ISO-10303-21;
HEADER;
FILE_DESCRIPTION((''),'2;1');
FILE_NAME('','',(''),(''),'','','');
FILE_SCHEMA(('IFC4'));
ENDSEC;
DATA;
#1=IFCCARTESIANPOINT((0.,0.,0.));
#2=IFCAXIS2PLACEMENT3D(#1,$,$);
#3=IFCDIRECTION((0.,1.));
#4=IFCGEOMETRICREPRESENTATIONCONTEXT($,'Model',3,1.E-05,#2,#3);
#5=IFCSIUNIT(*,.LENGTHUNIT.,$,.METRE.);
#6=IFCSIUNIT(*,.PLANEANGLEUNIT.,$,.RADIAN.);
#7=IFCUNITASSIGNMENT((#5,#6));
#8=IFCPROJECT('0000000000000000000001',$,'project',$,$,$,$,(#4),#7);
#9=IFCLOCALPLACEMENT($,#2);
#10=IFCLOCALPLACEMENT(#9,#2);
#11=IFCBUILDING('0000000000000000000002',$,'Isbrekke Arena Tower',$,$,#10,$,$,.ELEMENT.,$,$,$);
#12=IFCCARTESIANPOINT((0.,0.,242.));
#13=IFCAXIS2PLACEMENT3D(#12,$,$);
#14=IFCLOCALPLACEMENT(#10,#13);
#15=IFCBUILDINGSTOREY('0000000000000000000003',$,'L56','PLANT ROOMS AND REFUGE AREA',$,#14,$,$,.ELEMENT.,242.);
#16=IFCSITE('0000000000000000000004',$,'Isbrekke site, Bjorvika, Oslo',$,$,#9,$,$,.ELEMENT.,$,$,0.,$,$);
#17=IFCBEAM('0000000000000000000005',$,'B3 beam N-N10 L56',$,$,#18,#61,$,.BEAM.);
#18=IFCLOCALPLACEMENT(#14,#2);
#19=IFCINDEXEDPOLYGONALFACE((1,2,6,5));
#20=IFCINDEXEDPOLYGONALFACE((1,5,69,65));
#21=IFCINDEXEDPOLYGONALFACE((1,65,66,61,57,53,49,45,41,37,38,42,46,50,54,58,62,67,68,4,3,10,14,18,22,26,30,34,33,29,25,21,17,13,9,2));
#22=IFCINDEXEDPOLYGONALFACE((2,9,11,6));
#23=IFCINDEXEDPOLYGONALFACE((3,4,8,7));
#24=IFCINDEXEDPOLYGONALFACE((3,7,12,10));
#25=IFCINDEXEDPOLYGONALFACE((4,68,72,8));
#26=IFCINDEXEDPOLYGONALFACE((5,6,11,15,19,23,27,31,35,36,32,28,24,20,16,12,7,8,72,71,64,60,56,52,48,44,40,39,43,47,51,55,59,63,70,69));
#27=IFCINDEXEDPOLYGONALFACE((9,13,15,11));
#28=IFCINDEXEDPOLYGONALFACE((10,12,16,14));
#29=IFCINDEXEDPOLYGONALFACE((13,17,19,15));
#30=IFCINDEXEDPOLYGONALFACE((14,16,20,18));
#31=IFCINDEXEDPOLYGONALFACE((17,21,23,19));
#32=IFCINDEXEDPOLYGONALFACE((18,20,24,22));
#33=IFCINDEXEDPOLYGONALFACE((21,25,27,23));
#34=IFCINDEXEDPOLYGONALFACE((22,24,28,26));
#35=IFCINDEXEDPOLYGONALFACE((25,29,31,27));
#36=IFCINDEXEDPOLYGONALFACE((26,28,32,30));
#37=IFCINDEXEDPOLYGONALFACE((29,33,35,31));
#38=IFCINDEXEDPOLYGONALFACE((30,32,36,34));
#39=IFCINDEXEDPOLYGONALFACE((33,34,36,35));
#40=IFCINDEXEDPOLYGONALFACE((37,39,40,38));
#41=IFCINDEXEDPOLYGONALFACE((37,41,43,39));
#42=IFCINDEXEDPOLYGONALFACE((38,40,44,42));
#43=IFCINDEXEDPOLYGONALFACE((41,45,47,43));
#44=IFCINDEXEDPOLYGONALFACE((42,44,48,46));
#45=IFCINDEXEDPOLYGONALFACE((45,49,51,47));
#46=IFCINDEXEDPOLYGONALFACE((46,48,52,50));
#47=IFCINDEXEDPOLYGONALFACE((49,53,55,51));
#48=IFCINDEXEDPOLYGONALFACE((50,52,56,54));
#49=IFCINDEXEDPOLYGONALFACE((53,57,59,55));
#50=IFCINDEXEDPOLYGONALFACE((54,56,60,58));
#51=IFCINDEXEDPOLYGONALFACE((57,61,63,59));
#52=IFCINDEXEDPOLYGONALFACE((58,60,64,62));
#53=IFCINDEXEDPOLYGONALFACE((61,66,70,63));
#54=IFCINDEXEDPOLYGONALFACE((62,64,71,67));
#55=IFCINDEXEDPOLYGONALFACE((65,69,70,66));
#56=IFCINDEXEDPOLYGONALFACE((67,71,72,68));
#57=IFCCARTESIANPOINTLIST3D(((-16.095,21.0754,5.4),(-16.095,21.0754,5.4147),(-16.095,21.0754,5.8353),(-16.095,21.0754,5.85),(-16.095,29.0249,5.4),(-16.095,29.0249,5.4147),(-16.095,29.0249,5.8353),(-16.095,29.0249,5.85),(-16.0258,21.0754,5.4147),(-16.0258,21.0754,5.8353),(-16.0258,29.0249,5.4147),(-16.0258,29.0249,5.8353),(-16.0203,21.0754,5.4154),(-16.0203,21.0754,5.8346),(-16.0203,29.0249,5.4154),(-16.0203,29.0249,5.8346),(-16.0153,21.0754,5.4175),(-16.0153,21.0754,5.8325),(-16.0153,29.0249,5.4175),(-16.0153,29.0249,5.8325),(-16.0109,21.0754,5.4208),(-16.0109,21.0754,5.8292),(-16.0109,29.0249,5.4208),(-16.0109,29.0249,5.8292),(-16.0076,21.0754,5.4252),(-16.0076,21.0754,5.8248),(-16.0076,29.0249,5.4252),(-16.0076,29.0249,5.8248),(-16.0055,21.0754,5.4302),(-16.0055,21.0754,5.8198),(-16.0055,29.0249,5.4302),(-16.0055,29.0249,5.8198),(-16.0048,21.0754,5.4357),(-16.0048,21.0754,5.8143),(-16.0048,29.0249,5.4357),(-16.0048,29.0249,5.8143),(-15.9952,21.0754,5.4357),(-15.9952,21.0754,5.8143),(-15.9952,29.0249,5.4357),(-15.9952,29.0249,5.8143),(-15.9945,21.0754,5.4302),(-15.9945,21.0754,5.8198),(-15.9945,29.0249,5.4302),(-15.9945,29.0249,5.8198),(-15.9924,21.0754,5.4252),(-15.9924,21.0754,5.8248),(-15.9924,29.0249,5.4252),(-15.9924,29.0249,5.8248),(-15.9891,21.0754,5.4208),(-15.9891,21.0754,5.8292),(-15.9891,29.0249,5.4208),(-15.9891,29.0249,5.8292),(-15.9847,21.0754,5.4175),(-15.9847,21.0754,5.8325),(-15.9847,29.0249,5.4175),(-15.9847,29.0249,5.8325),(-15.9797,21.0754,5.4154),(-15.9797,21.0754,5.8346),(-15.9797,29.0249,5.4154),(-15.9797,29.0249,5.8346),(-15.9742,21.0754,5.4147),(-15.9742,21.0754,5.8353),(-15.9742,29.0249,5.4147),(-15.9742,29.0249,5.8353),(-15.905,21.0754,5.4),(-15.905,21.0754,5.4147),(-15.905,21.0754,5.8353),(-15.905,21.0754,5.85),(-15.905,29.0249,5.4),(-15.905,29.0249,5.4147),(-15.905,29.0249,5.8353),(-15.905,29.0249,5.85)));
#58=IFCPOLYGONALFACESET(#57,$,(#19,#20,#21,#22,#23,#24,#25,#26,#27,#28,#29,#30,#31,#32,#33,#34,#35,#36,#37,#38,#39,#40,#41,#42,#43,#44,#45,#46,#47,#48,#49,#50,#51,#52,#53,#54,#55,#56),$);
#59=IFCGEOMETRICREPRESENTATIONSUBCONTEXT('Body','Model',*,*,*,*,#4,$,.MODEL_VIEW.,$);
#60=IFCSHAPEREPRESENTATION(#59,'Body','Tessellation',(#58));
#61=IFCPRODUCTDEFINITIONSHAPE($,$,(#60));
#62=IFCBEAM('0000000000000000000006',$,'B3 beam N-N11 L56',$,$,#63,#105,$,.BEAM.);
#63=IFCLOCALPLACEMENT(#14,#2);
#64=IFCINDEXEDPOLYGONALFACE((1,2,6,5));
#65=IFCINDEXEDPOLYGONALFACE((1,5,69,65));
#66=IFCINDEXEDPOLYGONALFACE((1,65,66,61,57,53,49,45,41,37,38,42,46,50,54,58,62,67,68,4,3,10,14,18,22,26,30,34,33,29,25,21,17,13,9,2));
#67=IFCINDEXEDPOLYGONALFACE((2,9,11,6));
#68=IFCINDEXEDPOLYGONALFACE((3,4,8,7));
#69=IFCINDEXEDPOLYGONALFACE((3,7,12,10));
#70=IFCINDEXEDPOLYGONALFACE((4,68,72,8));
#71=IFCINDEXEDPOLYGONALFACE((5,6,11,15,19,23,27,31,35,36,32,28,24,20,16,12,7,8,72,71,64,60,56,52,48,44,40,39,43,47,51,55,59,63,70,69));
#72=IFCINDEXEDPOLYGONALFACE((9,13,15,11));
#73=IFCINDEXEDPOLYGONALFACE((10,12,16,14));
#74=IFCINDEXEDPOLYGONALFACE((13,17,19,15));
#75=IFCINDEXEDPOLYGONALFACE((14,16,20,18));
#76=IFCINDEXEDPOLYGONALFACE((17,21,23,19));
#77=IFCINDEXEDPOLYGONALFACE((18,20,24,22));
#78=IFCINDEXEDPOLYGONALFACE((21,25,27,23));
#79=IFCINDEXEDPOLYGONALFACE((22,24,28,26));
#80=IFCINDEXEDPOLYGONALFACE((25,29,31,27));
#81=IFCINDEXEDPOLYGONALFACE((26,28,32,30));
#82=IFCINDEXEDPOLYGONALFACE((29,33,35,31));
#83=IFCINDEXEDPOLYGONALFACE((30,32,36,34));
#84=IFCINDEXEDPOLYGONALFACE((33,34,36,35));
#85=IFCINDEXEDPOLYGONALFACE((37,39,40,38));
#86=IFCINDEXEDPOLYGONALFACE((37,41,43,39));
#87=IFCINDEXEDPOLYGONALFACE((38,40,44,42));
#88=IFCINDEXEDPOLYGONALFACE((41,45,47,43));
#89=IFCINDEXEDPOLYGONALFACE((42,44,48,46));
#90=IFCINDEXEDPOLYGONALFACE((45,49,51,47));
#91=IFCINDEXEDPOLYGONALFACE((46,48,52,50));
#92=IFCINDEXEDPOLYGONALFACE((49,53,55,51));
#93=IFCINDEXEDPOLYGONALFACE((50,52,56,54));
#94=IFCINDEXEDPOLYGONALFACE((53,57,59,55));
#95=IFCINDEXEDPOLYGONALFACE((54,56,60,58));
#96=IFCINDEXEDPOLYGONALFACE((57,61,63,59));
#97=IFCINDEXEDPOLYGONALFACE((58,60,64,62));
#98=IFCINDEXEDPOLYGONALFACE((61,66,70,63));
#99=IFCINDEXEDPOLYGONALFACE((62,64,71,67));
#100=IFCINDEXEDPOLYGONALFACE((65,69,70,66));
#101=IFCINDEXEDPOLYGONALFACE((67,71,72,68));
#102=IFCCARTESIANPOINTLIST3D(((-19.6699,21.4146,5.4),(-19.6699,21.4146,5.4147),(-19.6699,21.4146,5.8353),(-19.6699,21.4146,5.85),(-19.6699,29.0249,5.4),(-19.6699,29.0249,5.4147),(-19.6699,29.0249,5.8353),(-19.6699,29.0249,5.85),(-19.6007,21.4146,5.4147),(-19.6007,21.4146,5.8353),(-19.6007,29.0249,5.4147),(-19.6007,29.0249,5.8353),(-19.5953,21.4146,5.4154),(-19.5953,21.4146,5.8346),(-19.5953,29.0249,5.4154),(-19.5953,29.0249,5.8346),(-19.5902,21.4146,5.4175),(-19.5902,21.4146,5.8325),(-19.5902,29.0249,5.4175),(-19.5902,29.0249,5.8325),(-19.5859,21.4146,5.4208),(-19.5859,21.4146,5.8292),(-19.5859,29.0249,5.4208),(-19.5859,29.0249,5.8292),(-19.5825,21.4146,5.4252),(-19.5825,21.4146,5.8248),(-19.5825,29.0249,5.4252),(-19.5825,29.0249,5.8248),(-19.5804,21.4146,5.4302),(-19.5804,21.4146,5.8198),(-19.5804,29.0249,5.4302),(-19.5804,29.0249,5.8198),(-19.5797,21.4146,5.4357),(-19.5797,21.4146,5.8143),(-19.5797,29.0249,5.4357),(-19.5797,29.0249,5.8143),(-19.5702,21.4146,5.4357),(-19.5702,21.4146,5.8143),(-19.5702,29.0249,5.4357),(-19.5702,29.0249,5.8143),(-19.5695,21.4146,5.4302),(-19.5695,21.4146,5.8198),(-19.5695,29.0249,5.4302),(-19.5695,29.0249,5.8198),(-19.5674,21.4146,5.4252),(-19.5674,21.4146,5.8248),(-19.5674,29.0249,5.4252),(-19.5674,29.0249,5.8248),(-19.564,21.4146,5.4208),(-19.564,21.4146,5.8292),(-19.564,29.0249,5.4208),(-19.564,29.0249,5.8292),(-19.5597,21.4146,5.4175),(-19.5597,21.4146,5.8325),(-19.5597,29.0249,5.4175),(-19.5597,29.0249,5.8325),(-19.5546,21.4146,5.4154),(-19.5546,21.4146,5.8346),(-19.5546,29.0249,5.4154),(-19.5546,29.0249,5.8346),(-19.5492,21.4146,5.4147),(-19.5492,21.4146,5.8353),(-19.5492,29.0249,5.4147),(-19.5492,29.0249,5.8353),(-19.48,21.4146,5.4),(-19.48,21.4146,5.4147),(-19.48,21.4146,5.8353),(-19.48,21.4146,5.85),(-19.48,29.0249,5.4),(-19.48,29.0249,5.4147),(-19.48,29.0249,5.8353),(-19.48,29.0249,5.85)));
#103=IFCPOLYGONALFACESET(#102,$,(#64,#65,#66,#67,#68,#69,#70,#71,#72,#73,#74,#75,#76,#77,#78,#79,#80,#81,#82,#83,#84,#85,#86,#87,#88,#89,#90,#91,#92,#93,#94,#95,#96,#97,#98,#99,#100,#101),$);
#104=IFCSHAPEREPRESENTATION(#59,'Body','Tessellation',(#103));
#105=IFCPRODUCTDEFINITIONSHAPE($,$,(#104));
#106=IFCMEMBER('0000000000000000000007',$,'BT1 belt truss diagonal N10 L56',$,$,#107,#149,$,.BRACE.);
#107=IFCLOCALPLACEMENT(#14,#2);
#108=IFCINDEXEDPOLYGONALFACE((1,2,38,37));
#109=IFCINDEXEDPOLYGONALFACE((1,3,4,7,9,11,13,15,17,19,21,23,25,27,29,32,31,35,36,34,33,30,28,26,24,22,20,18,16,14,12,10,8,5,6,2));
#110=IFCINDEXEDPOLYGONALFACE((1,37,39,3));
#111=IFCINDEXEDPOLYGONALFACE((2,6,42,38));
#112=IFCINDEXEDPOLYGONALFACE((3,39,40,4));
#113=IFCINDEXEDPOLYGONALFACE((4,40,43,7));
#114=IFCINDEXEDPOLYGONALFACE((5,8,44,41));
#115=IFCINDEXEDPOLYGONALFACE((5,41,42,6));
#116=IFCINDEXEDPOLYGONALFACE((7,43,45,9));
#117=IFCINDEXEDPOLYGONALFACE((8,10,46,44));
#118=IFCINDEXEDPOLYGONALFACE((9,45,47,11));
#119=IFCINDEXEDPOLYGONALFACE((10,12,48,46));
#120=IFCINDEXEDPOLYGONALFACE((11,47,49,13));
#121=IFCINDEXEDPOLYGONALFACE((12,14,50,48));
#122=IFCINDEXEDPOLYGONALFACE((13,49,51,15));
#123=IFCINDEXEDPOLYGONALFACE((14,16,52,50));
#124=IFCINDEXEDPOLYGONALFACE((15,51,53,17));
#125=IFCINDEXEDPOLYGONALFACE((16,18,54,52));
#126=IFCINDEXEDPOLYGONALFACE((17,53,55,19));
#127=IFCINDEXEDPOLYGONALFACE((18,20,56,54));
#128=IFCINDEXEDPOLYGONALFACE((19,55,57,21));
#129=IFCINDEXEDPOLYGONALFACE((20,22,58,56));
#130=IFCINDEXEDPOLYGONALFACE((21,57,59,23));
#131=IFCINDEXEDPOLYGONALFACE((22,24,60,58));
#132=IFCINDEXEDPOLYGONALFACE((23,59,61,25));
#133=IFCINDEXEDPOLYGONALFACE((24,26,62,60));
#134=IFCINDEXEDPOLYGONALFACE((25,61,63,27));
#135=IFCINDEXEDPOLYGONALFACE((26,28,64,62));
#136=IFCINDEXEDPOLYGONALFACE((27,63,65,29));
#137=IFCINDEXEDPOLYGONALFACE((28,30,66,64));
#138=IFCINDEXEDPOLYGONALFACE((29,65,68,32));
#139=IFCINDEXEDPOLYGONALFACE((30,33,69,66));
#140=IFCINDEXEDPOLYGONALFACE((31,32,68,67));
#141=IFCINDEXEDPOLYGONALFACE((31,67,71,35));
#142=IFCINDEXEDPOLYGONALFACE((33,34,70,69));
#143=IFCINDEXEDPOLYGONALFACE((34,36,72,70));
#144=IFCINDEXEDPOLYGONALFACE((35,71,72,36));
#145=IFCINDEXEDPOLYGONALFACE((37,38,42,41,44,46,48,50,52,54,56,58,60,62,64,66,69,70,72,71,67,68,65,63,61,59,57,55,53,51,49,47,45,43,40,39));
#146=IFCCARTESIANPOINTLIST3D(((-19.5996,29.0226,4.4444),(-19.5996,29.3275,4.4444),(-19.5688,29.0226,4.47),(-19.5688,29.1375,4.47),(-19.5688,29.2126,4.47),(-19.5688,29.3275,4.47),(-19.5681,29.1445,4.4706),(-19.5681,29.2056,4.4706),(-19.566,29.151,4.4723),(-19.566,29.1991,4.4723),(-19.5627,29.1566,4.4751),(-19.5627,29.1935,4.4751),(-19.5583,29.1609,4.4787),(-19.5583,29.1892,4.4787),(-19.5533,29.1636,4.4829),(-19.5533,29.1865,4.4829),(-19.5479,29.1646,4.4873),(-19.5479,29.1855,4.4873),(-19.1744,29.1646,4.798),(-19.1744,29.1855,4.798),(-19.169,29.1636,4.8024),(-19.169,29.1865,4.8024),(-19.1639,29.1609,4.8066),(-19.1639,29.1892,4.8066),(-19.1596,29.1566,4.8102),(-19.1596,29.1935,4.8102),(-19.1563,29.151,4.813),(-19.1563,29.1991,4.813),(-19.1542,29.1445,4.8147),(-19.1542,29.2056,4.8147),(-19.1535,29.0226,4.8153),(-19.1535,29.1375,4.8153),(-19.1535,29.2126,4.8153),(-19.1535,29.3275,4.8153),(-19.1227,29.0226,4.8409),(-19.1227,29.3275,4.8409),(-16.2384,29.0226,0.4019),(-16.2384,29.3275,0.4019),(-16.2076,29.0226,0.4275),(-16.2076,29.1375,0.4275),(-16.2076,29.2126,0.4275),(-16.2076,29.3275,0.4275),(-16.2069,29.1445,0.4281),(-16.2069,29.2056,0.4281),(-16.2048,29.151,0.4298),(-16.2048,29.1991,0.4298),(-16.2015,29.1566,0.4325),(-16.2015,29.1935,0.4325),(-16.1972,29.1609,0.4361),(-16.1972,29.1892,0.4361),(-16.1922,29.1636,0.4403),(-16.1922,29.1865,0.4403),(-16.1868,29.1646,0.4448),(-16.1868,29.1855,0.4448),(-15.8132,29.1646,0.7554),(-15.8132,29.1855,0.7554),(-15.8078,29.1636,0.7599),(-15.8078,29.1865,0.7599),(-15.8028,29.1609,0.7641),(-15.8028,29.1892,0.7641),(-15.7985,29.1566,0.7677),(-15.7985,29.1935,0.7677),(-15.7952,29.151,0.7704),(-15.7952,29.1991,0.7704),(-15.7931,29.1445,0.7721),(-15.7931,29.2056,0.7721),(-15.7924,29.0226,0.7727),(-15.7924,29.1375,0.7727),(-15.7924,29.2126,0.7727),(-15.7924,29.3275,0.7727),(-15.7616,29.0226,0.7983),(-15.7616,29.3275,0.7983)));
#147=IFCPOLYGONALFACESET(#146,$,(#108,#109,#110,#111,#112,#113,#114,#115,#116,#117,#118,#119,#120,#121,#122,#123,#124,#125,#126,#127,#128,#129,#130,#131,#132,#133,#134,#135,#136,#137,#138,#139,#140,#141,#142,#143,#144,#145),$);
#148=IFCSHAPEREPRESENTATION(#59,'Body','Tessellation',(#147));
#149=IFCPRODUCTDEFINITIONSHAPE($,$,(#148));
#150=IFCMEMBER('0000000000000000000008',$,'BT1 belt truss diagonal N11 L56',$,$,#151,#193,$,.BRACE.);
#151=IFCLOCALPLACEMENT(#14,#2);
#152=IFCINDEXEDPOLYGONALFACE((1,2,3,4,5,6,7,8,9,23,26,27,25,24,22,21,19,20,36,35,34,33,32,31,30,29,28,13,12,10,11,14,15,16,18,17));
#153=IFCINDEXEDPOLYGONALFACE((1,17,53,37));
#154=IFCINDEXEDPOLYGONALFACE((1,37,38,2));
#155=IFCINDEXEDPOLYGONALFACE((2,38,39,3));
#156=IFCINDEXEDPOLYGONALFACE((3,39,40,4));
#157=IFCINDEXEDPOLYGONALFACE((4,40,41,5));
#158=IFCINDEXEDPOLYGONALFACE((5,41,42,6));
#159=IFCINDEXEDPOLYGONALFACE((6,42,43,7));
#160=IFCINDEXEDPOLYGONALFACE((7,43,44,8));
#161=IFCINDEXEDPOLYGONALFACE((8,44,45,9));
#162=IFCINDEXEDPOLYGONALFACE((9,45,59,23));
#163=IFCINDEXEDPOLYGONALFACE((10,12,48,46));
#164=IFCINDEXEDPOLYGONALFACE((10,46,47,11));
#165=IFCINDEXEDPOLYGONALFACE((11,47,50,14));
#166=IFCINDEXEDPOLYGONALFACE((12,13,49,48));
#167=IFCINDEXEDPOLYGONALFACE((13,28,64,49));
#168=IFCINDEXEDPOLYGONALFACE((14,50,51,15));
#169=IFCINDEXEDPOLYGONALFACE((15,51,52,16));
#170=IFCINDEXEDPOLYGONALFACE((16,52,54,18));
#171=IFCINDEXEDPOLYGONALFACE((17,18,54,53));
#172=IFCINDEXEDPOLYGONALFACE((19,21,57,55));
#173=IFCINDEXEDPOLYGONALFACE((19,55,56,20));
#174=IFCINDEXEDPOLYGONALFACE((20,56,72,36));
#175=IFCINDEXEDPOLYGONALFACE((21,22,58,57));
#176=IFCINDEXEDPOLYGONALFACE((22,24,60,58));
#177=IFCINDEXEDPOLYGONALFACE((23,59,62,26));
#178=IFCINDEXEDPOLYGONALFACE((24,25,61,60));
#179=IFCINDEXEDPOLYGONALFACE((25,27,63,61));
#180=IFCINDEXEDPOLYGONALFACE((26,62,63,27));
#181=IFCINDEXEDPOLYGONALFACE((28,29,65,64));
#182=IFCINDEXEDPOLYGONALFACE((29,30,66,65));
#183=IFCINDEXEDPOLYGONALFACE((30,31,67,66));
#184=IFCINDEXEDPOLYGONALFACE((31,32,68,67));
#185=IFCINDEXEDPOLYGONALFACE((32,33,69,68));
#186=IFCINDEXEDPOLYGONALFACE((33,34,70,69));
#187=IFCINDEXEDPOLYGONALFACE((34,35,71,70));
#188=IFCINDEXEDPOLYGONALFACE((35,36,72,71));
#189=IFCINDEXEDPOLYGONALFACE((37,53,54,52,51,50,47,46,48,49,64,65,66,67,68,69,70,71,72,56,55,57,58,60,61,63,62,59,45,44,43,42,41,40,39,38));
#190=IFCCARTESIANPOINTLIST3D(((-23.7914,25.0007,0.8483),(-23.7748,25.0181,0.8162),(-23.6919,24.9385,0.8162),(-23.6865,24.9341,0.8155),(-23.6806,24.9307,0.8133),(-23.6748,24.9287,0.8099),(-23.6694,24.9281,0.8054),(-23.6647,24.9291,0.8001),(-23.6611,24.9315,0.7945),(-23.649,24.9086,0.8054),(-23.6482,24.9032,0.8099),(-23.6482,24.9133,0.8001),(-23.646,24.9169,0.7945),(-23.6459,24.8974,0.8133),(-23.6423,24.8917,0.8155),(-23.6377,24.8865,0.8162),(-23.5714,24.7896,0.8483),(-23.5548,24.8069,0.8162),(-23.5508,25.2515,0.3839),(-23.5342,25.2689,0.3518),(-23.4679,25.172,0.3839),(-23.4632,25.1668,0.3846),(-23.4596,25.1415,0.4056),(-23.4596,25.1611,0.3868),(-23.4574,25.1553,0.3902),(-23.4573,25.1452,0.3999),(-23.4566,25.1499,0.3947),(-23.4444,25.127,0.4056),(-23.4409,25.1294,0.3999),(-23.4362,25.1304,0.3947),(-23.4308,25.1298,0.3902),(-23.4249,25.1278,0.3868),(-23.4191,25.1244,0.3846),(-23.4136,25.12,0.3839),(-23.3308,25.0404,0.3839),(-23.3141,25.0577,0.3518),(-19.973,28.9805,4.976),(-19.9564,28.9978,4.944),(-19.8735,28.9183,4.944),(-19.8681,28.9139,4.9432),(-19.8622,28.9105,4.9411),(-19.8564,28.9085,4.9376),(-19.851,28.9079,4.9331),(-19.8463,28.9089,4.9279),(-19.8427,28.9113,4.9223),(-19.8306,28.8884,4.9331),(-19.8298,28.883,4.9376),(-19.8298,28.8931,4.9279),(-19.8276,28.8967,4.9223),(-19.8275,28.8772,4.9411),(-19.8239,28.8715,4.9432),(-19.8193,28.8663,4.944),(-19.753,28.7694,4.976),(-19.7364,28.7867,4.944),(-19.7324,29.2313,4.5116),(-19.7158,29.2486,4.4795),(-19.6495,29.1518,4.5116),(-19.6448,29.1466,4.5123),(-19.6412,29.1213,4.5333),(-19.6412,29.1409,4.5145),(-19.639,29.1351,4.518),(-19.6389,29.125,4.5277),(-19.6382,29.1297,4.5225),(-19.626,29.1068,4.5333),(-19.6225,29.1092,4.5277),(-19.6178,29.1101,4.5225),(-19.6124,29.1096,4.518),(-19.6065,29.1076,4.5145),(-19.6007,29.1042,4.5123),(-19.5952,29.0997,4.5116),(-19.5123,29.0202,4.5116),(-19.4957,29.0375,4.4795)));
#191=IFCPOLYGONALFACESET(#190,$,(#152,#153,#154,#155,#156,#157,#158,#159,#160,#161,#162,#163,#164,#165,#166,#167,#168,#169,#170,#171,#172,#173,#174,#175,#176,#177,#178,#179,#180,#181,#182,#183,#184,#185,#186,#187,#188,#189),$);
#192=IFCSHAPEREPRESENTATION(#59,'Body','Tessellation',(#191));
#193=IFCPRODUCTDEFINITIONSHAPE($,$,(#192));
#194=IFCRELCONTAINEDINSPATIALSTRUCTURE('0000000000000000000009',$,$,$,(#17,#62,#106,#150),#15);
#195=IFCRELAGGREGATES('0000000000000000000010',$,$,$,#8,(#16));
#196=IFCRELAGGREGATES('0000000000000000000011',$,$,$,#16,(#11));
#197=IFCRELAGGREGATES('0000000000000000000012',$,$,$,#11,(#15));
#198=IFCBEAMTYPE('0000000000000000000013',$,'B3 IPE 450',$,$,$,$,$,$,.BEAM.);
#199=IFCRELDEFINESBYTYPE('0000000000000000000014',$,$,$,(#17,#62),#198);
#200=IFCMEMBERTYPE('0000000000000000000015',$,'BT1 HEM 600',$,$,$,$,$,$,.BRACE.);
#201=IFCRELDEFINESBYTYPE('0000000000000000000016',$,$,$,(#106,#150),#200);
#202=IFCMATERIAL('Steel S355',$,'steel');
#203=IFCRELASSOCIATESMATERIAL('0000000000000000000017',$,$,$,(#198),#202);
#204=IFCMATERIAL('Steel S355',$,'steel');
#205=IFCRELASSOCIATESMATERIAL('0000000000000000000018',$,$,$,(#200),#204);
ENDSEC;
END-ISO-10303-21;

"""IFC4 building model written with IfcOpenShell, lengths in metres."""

from ifc_helpers import new_model, si_unit, direction, frame, origin, origin_2d, place, context, subcontext, project, spatial, i_section, extrude, material, material_profile, profile_set, type_object, element, save


model = new_model("IFC4")

# Units and contexts
model_context = context("Model", 3, precision=1e-05, world=origin(), true_north=direction((0.0, 1.0)))
body_context = subcontext(model_context, "Body", "Model", "MODEL_VIEW")
ifc_project = project(units=[si_unit("LENGTHUNIT", "METRE"), si_unit("PLANEANGLEUNIT", "RADIAN")], contexts=[model_context])

# Site, building, storey
site_placement = place(None, origin())
site = spatial("IfcSite", under=ifc_project, at=site_placement, Name="Isbrekke site, Bjorvika, Oslo", CompositionType="ELEMENT", RefElevation=0.0)
building_placement = place(site_placement, origin())
building = spatial("IfcBuilding", under=site, at=building_placement, Name="Isbrekke Arena Tower", CompositionType="ELEMENT")
storey_placement = place(building_placement, frame((0.0, 0.0, 242.0)))
storey = spatial("IfcBuildingStorey", under=building, at=storey_placement, Name="L56", Description="PLANT ROOMS AND REFUGE AREA", CompositionType="ELEMENT", Elevation=242.0)

# Beams
ifc_material_1 = material(Name="Steel S355", Category="steel")
ifc_material_profile_1 = material_profile(ifc_material_1, i_section(OverallWidth=0.1899, OverallDepth=0.45, WebThickness=0.0095, FlangeThickness=0.0146, FilletRadius=0.021, at=origin_2d()), Name="IPE 450")
ifc_profile_set_1 = profile_set([ifc_material_profile_1], Name="Steel S355")
beam_type_1 = type_object("IfcBeamType", Name="B3 IPE 450", PredefinedType="BEAM", material=ifc_profile_set_1)
beam_1_placement = place(storey_placement, frame((-16.0, 29.0249, 5.625), z_axis=(0.0, -1.0, 0.0), x_axis=(1.0, 0.0, 0.0)))
element("IfcBeam", 1, at=beam_1_placement, inside=storey, type_object=beam_type_1, Name="B3 beam N-N10 L56", PredefinedType="BEAM", context=body_context, shape_type="SweptSolid", body=[
    extrude(i_section(OverallWidth=0.1899, OverallDepth=0.45, WebThickness=0.0095, FlangeThickness=0.0146, FilletRadius=0.021, at=origin_2d()), origin(), (0.0, 0.0, 1.0), 7.9495),
])
beam_2_placement = place(storey_placement, frame((-19.575, 29.0249, 5.625), z_axis=(0.0, -1.0, 0.0), x_axis=(1.0, 0.0, 0.0)))
element("IfcBeam", 2, at=beam_2_placement, inside=storey, type_object=beam_type_1, Name="B3 beam N-N11 L56", PredefinedType="BEAM", context=body_context, shape_type="SweptSolid", body=[
    extrude(i_section(OverallWidth=0.1899, OverallDepth=0.45, WebThickness=0.0095, FlangeThickness=0.0146, FilletRadius=0.021, at=origin_2d()), origin(), (0.0, 0.0, 1.0), 7.6104),
])

# Members
ifc_material_2 = material(Name="Steel S355", Category="steel")
ifc_material_profile_2 = material_profile(ifc_material_2, i_section(OverallWidth=0.3049, OverallDepth=0.6201, WebThickness=0.021, FlangeThickness=0.04, FilletRadius=0.0271, at=origin_2d()), Name="HEM 600")
ifc_profile_set_2 = profile_set([ifc_material_profile_2], Name="Steel S355")
member_type_1 = type_object("IfcMemberType", Name="BT1 HEM 600", PredefinedType="BRACE", material=ifc_profile_set_2)
member_1_placement = place(storey_placement, frame((-16.0, 29.175, 0.6001), z_axis=(-0.639325, 0.0, 0.768936), x_axis=(0.0, -1.0, 0.0)))
element("IfcMember", 3, at=member_1_placement, inside=storey, type_object=member_type_1, Name="BT1 belt truss diagonal N10 L56", PredefinedType="BRACE", context=body_context, shape_type="SweptSolid", body=[
    extrude(i_section(OverallWidth=0.3049, OverallDepth=0.6201, WebThickness=0.021, FlangeThickness=0.04, FilletRadius=0.0271, at=origin_2d()), origin(), (0.0, 0.0, 1.0), 5.2573),
])
member_2_placement = place(storey_placement, frame((-19.7344, 29.009, 4.7278), z_axis=(-0.554283, -0.577709, -0.599185), x_axis=(0.721585, -0.692325, 0.0)))
element("IfcMember", 4, at=member_2_placement, inside=storey, type_object=member_type_1, Name="BT1 belt truss diagonal N11 L56", PredefinedType="BRACE", context=body_context, shape_type="SweptSolid", body=[
    extrude(i_section(OverallWidth=0.3049, OverallDepth=0.6201, WebThickness=0.021, FlangeThickness=0.04, FilletRadius=0.0271, at=origin_2d()), origin(), (0.0, 0.0, 1.0), 6.8889),
])

save(model, "model.ifc")
